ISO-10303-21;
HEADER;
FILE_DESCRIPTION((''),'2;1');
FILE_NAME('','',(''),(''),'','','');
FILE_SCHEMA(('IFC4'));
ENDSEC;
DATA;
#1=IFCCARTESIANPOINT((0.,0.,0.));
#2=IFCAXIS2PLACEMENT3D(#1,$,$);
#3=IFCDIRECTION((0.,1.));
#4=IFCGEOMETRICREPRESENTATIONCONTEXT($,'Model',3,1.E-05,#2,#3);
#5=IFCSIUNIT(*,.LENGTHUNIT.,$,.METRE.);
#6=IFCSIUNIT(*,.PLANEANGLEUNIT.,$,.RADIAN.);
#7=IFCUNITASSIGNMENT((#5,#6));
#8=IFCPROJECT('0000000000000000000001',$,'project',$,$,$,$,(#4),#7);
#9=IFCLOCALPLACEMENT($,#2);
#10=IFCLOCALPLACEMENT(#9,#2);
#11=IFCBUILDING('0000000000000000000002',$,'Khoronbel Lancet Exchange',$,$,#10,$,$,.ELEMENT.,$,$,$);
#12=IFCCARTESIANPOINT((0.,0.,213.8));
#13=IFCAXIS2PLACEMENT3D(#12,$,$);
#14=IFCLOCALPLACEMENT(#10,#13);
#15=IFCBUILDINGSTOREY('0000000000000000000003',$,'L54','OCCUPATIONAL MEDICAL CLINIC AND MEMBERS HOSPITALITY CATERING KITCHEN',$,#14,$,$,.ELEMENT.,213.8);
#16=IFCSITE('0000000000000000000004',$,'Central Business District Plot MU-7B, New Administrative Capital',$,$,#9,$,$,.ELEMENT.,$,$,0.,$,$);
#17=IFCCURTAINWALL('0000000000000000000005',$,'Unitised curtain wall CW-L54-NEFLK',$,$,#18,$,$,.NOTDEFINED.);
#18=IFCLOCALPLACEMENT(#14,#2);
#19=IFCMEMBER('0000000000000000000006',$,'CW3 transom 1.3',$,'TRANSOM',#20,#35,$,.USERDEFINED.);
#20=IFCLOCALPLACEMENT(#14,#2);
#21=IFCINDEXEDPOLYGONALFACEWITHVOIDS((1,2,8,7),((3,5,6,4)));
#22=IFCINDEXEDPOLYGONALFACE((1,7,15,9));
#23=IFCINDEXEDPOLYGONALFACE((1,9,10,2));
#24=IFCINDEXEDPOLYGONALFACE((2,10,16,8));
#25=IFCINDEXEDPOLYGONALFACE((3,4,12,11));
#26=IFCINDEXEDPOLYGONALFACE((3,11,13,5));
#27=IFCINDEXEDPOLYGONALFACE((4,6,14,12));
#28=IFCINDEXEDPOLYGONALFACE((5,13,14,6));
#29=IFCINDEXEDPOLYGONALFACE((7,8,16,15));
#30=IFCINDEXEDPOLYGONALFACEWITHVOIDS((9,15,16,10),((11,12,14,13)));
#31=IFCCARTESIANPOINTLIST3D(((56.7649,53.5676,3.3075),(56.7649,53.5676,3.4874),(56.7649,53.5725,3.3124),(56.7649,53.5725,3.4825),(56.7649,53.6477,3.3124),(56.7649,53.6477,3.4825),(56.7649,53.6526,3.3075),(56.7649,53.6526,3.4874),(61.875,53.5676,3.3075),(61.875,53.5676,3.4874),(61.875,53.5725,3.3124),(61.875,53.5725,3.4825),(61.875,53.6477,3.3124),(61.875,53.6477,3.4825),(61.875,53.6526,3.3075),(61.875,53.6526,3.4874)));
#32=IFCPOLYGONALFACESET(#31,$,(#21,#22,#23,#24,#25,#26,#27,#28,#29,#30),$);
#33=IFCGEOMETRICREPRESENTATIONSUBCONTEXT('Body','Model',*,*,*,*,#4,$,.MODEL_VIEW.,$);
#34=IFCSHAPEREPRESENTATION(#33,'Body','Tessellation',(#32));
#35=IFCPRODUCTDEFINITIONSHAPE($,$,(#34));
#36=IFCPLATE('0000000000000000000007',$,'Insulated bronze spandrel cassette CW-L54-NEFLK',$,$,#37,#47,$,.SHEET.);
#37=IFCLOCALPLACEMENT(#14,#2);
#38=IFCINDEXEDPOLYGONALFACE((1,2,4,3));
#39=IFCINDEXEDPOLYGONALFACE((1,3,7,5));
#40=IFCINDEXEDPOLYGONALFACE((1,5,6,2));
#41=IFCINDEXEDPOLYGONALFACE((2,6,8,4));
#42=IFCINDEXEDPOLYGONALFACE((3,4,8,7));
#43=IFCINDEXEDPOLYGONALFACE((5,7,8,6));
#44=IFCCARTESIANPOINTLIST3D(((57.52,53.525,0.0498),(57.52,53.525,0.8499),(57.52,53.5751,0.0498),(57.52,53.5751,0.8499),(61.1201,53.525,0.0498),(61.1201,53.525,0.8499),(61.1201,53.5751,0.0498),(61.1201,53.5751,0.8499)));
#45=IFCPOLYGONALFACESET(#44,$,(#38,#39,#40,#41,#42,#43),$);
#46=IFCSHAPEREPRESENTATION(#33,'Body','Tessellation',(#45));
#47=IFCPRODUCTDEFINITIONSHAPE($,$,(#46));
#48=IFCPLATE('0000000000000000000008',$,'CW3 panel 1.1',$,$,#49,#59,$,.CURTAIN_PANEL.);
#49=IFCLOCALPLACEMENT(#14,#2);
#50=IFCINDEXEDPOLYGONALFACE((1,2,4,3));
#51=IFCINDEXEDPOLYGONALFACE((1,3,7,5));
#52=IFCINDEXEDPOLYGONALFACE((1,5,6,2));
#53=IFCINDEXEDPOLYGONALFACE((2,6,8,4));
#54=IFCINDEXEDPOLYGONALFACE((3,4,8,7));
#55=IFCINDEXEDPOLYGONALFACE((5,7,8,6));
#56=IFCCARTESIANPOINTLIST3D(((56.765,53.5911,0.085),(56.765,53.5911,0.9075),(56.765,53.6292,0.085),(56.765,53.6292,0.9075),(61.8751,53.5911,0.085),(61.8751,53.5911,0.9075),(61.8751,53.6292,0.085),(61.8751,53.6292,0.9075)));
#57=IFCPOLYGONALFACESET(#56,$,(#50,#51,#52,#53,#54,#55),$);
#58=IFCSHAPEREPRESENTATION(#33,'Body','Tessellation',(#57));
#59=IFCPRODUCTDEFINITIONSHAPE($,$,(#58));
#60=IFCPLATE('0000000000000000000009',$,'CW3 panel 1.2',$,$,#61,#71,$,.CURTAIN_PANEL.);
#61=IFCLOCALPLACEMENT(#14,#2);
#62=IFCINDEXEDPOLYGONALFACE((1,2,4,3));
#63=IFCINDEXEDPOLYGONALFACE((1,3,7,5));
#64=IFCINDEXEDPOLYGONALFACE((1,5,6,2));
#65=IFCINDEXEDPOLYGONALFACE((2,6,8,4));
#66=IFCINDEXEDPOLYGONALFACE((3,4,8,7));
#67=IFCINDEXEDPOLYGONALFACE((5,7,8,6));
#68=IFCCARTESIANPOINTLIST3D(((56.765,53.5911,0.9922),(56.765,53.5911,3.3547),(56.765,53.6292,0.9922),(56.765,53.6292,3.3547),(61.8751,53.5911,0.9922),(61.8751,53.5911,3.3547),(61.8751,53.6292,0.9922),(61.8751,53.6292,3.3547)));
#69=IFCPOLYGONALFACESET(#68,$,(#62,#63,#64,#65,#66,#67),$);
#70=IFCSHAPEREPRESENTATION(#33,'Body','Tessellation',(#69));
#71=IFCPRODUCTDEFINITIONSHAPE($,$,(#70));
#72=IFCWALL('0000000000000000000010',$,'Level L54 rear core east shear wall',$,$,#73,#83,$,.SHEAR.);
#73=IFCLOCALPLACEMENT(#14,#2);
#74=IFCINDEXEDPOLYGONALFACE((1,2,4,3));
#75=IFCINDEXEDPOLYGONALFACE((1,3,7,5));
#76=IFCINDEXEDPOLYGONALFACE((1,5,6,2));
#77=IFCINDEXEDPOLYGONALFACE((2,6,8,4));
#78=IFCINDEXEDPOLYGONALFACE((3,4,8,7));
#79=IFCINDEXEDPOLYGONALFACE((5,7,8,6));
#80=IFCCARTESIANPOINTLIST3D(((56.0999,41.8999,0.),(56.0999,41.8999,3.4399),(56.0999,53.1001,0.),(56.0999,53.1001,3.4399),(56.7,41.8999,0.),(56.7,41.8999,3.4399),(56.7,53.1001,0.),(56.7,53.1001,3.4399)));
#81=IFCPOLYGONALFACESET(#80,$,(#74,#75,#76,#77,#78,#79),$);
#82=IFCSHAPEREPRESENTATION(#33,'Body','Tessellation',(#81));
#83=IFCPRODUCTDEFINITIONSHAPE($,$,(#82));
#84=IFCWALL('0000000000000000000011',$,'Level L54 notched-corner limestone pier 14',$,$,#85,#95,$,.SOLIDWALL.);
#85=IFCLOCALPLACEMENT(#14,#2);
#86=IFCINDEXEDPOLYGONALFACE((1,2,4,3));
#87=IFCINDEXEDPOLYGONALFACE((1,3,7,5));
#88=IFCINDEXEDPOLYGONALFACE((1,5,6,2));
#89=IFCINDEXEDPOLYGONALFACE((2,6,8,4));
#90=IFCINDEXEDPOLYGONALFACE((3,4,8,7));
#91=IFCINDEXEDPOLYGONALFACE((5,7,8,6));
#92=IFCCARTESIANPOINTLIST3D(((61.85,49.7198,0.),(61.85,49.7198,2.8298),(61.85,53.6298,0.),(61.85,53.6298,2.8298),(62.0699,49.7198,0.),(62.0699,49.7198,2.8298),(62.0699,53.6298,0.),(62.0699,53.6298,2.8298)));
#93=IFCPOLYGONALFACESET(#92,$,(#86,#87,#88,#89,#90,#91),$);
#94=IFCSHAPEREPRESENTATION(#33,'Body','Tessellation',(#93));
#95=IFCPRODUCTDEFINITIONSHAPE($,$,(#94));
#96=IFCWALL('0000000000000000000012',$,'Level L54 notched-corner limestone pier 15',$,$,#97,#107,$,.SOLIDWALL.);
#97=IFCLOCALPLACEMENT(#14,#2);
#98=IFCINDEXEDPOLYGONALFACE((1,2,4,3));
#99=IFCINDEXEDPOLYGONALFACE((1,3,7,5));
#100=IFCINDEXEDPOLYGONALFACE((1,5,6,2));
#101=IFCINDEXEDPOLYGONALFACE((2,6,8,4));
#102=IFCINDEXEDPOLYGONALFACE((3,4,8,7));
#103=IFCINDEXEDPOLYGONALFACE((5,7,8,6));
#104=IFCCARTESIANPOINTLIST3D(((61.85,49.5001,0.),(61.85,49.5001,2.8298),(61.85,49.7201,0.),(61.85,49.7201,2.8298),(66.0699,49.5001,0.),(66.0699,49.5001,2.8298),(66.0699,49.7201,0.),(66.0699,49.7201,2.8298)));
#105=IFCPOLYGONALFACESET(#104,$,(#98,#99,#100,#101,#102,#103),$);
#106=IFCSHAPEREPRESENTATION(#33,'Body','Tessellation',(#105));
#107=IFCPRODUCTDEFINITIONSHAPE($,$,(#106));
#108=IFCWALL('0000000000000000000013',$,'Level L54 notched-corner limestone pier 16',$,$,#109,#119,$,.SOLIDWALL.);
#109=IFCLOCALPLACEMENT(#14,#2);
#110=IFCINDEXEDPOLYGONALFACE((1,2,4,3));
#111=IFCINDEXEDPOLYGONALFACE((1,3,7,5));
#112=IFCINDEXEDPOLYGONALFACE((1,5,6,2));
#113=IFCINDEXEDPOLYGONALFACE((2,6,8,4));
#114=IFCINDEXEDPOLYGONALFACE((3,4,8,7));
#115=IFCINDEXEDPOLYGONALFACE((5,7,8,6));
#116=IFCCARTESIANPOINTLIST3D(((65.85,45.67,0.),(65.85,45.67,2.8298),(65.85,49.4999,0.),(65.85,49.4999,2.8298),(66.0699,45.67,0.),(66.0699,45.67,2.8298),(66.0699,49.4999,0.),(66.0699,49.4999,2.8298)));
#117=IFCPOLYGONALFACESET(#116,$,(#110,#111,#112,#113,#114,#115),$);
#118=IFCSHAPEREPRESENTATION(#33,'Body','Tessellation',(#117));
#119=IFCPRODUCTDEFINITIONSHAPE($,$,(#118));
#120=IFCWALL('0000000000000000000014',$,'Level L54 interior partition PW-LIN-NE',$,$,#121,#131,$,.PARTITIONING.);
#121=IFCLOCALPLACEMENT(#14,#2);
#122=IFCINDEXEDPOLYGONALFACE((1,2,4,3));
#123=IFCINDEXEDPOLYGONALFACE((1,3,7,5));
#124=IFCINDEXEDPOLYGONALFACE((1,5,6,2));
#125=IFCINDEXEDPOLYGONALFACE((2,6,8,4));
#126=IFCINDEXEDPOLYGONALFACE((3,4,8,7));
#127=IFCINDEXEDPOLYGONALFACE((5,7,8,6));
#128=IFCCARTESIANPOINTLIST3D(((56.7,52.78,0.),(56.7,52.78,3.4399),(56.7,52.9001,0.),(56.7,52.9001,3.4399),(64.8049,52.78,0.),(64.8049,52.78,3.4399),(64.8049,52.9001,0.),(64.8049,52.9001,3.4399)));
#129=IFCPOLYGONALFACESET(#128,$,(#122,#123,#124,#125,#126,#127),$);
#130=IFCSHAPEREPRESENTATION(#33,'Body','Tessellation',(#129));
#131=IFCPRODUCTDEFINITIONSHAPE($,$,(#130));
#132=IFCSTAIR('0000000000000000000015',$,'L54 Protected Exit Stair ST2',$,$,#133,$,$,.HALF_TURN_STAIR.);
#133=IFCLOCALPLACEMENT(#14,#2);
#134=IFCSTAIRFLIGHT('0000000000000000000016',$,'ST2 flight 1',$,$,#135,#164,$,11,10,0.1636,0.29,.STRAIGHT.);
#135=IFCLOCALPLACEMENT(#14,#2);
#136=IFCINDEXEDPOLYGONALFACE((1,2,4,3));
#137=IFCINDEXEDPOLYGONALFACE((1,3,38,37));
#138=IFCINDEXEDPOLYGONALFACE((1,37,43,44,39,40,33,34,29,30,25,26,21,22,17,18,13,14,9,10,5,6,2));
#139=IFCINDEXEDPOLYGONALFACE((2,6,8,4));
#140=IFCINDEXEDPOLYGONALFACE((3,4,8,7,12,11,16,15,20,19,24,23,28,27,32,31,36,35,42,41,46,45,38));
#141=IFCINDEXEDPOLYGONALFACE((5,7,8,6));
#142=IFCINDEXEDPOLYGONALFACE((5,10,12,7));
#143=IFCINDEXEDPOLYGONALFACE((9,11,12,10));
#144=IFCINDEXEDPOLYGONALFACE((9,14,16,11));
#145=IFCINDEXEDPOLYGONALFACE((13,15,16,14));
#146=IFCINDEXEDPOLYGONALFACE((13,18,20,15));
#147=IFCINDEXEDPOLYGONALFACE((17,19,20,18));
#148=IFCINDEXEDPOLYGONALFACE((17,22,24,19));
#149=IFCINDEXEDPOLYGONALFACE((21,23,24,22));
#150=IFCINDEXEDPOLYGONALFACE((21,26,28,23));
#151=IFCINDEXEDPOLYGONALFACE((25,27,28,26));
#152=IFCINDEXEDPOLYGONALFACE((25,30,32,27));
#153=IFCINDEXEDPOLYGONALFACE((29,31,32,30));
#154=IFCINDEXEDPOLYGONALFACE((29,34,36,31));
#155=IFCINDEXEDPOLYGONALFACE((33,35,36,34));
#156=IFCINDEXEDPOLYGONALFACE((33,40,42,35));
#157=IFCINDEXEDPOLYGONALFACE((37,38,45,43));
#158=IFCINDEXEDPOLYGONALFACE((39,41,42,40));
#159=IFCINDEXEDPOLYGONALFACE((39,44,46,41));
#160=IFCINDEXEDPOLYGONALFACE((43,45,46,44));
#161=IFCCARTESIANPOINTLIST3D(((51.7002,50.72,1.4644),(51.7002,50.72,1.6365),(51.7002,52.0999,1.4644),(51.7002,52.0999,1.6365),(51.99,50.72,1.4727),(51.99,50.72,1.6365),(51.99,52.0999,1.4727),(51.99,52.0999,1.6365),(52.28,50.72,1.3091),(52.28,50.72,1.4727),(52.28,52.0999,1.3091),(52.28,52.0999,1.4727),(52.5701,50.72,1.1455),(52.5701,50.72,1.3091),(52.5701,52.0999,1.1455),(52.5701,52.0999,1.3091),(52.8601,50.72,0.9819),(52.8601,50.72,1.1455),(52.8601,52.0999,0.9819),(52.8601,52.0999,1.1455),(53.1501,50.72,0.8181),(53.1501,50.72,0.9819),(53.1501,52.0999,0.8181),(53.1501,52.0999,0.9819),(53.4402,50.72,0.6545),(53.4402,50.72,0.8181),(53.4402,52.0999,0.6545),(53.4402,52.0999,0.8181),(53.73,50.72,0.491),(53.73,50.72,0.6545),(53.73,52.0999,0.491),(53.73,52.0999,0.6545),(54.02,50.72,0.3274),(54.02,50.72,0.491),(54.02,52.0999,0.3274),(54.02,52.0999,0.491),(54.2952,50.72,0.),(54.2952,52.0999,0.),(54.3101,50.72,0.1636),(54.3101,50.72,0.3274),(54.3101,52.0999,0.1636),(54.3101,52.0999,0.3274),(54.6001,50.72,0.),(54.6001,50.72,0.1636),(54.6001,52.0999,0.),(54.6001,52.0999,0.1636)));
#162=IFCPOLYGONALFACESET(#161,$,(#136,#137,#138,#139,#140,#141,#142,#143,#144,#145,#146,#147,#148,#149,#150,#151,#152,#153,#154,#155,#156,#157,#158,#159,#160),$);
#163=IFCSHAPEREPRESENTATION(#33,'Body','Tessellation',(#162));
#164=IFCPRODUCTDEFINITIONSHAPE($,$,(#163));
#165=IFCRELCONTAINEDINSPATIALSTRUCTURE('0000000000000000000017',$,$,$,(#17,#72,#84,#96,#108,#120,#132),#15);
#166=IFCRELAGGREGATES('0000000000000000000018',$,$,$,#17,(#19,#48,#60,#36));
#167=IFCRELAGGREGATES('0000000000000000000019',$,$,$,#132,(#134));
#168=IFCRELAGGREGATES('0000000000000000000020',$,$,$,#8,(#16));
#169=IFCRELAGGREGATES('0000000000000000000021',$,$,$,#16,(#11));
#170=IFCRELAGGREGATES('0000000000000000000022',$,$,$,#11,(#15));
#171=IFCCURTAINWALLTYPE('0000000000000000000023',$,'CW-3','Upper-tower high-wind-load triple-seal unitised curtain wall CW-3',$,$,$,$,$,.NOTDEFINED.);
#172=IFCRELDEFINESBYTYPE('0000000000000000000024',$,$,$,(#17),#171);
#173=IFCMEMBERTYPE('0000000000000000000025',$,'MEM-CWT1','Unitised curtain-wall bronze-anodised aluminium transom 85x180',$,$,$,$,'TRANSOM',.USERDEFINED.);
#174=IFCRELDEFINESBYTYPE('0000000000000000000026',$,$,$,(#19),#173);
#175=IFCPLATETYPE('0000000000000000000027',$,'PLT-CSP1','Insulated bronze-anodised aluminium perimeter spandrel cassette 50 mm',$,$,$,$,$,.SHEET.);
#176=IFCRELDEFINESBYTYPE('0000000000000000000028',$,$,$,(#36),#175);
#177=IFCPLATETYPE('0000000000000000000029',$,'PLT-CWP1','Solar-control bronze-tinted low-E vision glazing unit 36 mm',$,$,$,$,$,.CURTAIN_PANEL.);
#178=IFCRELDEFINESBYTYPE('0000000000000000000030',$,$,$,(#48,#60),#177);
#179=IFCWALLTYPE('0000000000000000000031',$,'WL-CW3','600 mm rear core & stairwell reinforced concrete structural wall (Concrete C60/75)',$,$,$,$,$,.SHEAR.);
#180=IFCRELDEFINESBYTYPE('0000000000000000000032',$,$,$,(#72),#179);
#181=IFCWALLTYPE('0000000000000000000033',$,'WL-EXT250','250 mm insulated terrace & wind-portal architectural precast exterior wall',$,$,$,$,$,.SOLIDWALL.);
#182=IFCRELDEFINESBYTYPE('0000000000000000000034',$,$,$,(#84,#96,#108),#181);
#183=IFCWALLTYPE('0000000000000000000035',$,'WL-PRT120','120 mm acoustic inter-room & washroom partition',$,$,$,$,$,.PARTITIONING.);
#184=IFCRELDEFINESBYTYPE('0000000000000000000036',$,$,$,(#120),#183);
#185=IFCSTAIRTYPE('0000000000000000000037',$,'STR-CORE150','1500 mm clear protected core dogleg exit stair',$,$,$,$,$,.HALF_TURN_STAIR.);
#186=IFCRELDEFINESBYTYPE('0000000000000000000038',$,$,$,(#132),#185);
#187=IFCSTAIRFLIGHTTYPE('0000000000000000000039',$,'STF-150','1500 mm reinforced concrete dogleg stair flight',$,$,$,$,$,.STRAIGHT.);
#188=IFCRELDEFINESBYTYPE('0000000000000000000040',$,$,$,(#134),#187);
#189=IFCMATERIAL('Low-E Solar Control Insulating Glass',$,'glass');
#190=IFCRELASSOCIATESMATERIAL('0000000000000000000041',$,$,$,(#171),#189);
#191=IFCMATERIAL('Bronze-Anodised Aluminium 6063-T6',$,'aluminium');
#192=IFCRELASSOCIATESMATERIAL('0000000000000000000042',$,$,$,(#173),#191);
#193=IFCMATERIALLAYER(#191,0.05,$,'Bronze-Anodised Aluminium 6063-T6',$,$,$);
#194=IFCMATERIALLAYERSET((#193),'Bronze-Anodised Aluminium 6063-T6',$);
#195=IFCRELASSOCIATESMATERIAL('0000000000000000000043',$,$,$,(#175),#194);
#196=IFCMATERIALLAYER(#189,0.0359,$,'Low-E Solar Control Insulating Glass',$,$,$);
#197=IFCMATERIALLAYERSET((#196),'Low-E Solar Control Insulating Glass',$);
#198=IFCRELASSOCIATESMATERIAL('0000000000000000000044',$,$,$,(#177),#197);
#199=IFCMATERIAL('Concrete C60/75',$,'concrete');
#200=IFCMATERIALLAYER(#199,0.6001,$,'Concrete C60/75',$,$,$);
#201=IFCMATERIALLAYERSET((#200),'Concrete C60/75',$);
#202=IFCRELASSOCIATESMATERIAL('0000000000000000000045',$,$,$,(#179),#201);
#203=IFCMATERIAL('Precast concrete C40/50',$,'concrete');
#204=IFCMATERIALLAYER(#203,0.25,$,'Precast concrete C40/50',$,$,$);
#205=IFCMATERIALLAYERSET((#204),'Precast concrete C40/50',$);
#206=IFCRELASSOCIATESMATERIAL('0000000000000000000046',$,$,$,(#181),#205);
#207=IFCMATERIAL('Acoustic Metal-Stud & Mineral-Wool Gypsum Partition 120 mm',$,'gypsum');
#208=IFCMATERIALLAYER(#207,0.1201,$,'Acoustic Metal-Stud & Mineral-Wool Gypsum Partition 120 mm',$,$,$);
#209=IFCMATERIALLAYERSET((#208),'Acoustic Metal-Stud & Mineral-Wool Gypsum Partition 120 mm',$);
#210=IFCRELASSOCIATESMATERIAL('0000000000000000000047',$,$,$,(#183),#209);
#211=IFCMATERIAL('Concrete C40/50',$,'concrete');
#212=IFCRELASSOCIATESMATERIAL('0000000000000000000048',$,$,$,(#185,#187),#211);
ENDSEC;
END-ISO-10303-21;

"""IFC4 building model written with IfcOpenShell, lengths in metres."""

from ifc_helpers import new_model, si_unit, direction, frame, frame_2d, origin, origin_2d, place, context, subcontext, project, spatial, polyline, rectangle, hollow_rectangle, outline, extrude, material, layer, layer_set, material_profile, profile_set, type_object, element, aggregate, save


model = new_model("IFC4")

# Units and contexts
model_context = context("Model", 3, precision=1e-05, world=origin(), true_north=direction((0.0, 1.0)))
body_context = subcontext(model_context, "Body", "Model", "MODEL_VIEW")
ifc_project = project(units=[si_unit("LENGTHUNIT", "METRE"), si_unit("PLANEANGLEUNIT", "RADIAN")], contexts=[model_context])

# Site, building, storey
site_placement = place(None, origin())
site = spatial("IfcSite", under=ifc_project, at=site_placement, Name="Central Business District Plot MU-7B, New Administrative Capital", CompositionType="ELEMENT", RefElevation=0.0)
building_placement = place(site_placement, origin())
building = spatial("IfcBuilding", under=site, at=building_placement, Name="Khoronbel Lancet Exchange", CompositionType="ELEMENT")
storey_placement = place(building_placement, frame((0.0, 0.0, 213.8)))
storey = spatial("IfcBuildingStorey", under=building, at=storey_placement, Name="L54", Description="OCCUPATIONAL MEDICAL CLINIC AND MEMBERS HOSPITALITY CATERING KITCHEN", CompositionType="ELEMENT", Elevation=213.8)

# Curtain wall, member, plates
ifc_material_1 = material(Name="Low-E Solar Control Insulating Glass", Category="glass")
curtain_wall_type = type_object("IfcCurtainWallType", Name="CW-3", Description="Upper-tower high-wind-load triple-seal unitised curtain wall CW-3", PredefinedType="NOTDEFINED", material=ifc_material_1)
curtain_wall_placement = place(storey_placement, origin())
curtain_wall = element("IfcCurtainWall", 1, at=curtain_wall_placement, inside=storey, type_object=curtain_wall_type, Name="Unitised curtain wall CW-L54-NEFLK", PredefinedType="NOTDEFINED")
ifc_material_2 = material(Name="Bronze-Anodised Aluminium 6063-T6", Category="aluminium")
ifc_material_profile_1 = material_profile(ifc_material_2, hollow_rectangle(XDim=0.085, YDim=0.1799, WallThickness=0.0049, at=origin_2d()), Name="ALU TRANSOM 85x180")
ifc_profile_set_1 = profile_set([ifc_material_profile_1], Name="Bronze-Anodised Aluminium 6063-T6")
member_type_1 = type_object("IfcMemberType", Name="MEM-CWT1", Description="Unitised curtain-wall bronze-anodised aluminium transom 85x180", ElementType="TRANSOM", PredefinedType="USERDEFINED", material=ifc_profile_set_1)
member_1_placement = place(storey_placement, frame((61.875, 53.6101, 3.3975), z_axis=(-1.0, 0.0, 0.0), x_axis=(0.0, -1.0, 0.0)))
member_1 = element("IfcMember", 2, at=member_1_placement, type_object=member_type_1, Name="CW3 transom 1.3", ObjectType="TRANSOM", PredefinedType="USERDEFINED", context=body_context, shape_type="SweptSolid", body=[
    extrude(hollow_rectangle(XDim=0.085, YDim=0.1799, WallThickness=0.0049, at=origin_2d()), origin(), (0.0, 0.0, 1.0), 5.1101),
])
ifc_layer_1 = layer(ifc_material_2, 0.05, Name="Bronze-Anodised Aluminium 6063-T6")
ifc_layer_set_1 = layer_set([ifc_layer_1], Name="Bronze-Anodised Aluminium 6063-T6")
plate_type_1 = type_object("IfcPlateType", Name="PLT-CSP1", Description="Insulated bronze-anodised aluminium perimeter spandrel cassette 50 mm", PredefinedType="SHEET", material=ifc_layer_set_1)
plate_1_placement = place(storey_placement, frame((59.3201, 53.55, 0.0498), z_axis=(0.0, 0.0, 1.0), x_axis=(-1.0, 0.0, 0.0)))
plate_1 = element("IfcPlate", 3, at=plate_1_placement, type_object=plate_type_1, Name="Insulated bronze spandrel cassette CW-L54-NEFLK", PredefinedType="SHEET", context=body_context, shape_type="SweptSolid", body=[
    extrude(rectangle(XDim=3.6001, YDim=0.05, at=origin_2d()), origin(), (0.0, 0.0, 1.0), 0.8),
])
ifc_layer_2 = layer(ifc_material_1, 0.0359, Name="Low-E Solar Control Insulating Glass")
ifc_layer_set_2 = layer_set([ifc_layer_2], Name="Low-E Solar Control Insulating Glass")
plate_type_2 = type_object("IfcPlateType", Name="PLT-CWP1", Description="Solar-control bronze-tinted low-E vision glazing unit 36 mm", PredefinedType="CURTAIN_PANEL", material=ifc_layer_set_2)
plate_2_placement = place(storey_placement, frame((59.3201, 53.6101, 0.085), z_axis=(0.0, 0.0, 1.0), x_axis=(-1.0, 0.0, 0.0)))
plate_2 = element("IfcPlate", 4, at=plate_2_placement, type_object=plate_type_2, Name="CW3 panel 1.1", PredefinedType="CURTAIN_PANEL", context=body_context, shape_type="SweptSolid", body=[
    extrude(rectangle(XDim=5.1101, YDim=0.0381, at=origin_2d()), origin(), (0.0, 0.0, 1.0), 0.8225),
])
plate_3_placement = place(storey_placement, frame((59.3201, 53.6101, 0.9922), z_axis=(0.0, 0.0, 1.0), x_axis=(-1.0, 0.0, 0.0)))
plate_3 = element("IfcPlate", 5, at=plate_3_placement, type_object=plate_type_2, Name="CW3 panel 1.2", PredefinedType="CURTAIN_PANEL", context=body_context, shape_type="SweptSolid", body=[
    extrude(rectangle(XDim=5.1101, YDim=0.0381, at=origin_2d()), origin(), (0.0, 0.0, 1.0), 2.3625),
])
aggregate(curtain_wall, [member_1, plate_2, plate_3, plate_1])

# Walls
ifc_material_3 = material(Name="Concrete C60/75", Category="concrete")
ifc_layer_3 = layer(ifc_material_3, 0.6001, Name="Concrete C60/75")
ifc_layer_set_3 = layer_set([ifc_layer_3], Name="Concrete C60/75")
wall_type_1 = type_object("IfcWallType", Name="WL-CW3", Description="600 mm rear core & stairwell reinforced concrete structural wall (Concrete C60/75)", PredefinedType="SHEAR", material=ifc_layer_set_3)
wall_1_placement = place(storey_placement, frame((56.3999, 53.1001, 0.0), z_axis=(0.0, 0.0, 1.0), x_axis=(0.0, -1.0, 0.0)))
element("IfcWall", 6, at=wall_1_placement, inside=storey, type_object=wall_type_1, Name="Level L54 rear core east shear wall", PredefinedType="SHEAR", context=body_context, shape_type="SweptSolid", body=[
    extrude(rectangle(XDim=11.2002, YDim=0.6001, at=frame_2d((5.6001, 0.0))), origin(), (0.0, 0.0, 1.0), 3.4399),
])
ifc_material_4 = material(Name="Precast concrete C40/50", Category="concrete")
ifc_layer_4 = layer(ifc_material_4, 0.25, Name="Precast concrete C40/50")
ifc_layer_set_4 = layer_set([ifc_layer_4], Name="Precast concrete C40/50")
wall_type_2 = type_object("IfcWallType", Name="WL-EXT250", Description="250 mm insulated terrace & wind-portal architectural precast exterior wall", PredefinedType="SOLIDWALL", material=ifc_layer_set_4)
wall_2_placement = place(storey_placement, frame((61.96, 53.6299, 0.0), z_axis=(0.0, 0.0, 1.0), x_axis=(0.0, -1.0, 0.0)))
element("IfcWall", 7, at=wall_2_placement, inside=storey, type_object=wall_type_2, Name="Level L54 notched-corner limestone pier 14", PredefinedType="SOLIDWALL", context=body_context, shape_type="SweptSolid", body=[
    extrude(rectangle(XDim=3.9099, YDim=0.22, at=frame_2d((1.9551, 0.0))), origin(), (0.0, 0.0, 1.0), 2.8298),
])
wall_3_placement = place(storey_placement, frame((61.8501, 49.6101, 0.0), z_axis=(0.0, 0.0, 1.0), x_axis=(1.0, 0.0, 0.0)))
element("IfcWall", 8, at=wall_3_placement, inside=storey, type_object=wall_type_2, Name="Level L54 notched-corner limestone pier 15", PredefinedType="SOLIDWALL", context=body_context, shape_type="SweptSolid", body=[
    extrude(rectangle(XDim=4.22, YDim=0.22, at=frame_2d((2.1099, 0.0))), origin(), (0.0, 0.0, 1.0), 2.8298),
])
wall_4_placement = place(storey_placement, frame((65.96, 49.5, 0.0), z_axis=(0.0, 0.0, 1.0), x_axis=(0.0, -1.0, 0.0)))
element("IfcWall", 9, at=wall_4_placement, inside=storey, type_object=wall_type_2, Name="Level L54 notched-corner limestone pier 16", PredefinedType="SOLIDWALL", context=body_context, shape_type="SweptSolid", body=[
    extrude(rectangle(XDim=3.8298, YDim=0.22, at=frame_2d((1.915, 0.0))), origin(), (0.0, 0.0, 1.0), 2.8298),
])
ifc_material_5 = material(Name="Acoustic Metal-Stud & Mineral-Wool Gypsum Partition 120 mm", Category="gypsum")
ifc_layer_5 = layer(ifc_material_5, 0.1201, Name="Acoustic Metal-Stud & Mineral-Wool Gypsum Partition 120 mm")
ifc_layer_set_5 = layer_set([ifc_layer_5], Name="Acoustic Metal-Stud & Mineral-Wool Gypsum Partition 120 mm")
wall_type_3 = type_object("IfcWallType", Name="WL-PRT120", Description="120 mm acoustic inter-room & washroom partition", PredefinedType="PARTITIONING", material=ifc_layer_set_5)
wall_5_placement = place(storey_placement, frame((56.7, 52.8401, 0.0), z_axis=(0.0, 0.0, 1.0), x_axis=(1.0, 0.0, 0.0)))
element("IfcWall", 10, at=wall_5_placement, inside=storey, type_object=wall_type_3, Name="Level L54 interior partition PW-LIN-NE", PredefinedType="PARTITIONING", context=body_context, shape_type="SweptSolid", body=[
    extrude(rectangle(XDim=8.105, YDim=0.1201, at=frame_2d((4.0525, 0.0))), origin(), (0.0, 0.0, 1.0), 3.4399),
])

# Stair, stair flight
ifc_material_6 = material(Name="Concrete C40/50", Category="concrete")
stair_type = type_object("IfcStairType", Name="STR-CORE150", Description="1500 mm clear protected core dogleg exit stair", PredefinedType="HALF_TURN_STAIR", material=ifc_material_6)
stair_placement = place(storey_placement, origin())
stair = element("IfcStair", 11, at=stair_placement, inside=storey, type_object=stair_type, Name="L54 Protected Exit Stair ST2", PredefinedType="HALF_TURN_STAIR")
stair_flight_type = type_object("IfcStairFlightType", Name="STF-150", Description="1500 mm reinforced concrete dogleg stair flight", PredefinedType="STRAIGHT", material=ifc_material_6)
stair_flight_placement = place(storey_placement, frame((54.6001, 51.4099, 0.0), z_axis=(0.0, 0.0, 1.0), x_axis=(-1.0, 0.0, 0.0)))
stair_flight = element("IfcStairFlight", 12, at=stair_flight_placement, type_object=stair_flight_type, Name="ST2 flight 1", NumberOfRisers=11, NumberOfTreads=10, PredefinedType="STRAIGHT", RiserHeight=0.1636, TreadLength=0.29, context=body_context, shape_type="SweptSolid", body=[
    extrude(outline(polyline([(0.0, 0.0), (0.0, 0.1636), (0.29, 0.1636), (0.29, 0.3274), (0.5801, 0.3274), (0.5801, 0.491), (0.8701, 0.491), (0.8701, 0.6545), (1.1599, 0.6545), (1.1599, 0.8181), (1.45, 0.8181), (1.45, 0.9819), (1.74, 0.9819), (1.74, 1.1455), (2.03, 1.1455), (2.03, 1.3091), (2.3201, 1.3091), (2.3201, 1.4727), (2.6101, 1.4727), (2.6101, 1.6365), (2.8999, 1.6365), (2.8999, 1.8), (2.8999, 1.4644), (0.3049, 0.0), (0.0, 0.0)])), frame((0.0, 0.6899, 0.0), z_axis=(0.0, -1.0, 0.0), x_axis=(1.0, 0.0, 0.0)), (0.0, 0.0, 1.0), 1.3799),
])
aggregate(stair, [stair_flight])

save(model, "model.ifc")
